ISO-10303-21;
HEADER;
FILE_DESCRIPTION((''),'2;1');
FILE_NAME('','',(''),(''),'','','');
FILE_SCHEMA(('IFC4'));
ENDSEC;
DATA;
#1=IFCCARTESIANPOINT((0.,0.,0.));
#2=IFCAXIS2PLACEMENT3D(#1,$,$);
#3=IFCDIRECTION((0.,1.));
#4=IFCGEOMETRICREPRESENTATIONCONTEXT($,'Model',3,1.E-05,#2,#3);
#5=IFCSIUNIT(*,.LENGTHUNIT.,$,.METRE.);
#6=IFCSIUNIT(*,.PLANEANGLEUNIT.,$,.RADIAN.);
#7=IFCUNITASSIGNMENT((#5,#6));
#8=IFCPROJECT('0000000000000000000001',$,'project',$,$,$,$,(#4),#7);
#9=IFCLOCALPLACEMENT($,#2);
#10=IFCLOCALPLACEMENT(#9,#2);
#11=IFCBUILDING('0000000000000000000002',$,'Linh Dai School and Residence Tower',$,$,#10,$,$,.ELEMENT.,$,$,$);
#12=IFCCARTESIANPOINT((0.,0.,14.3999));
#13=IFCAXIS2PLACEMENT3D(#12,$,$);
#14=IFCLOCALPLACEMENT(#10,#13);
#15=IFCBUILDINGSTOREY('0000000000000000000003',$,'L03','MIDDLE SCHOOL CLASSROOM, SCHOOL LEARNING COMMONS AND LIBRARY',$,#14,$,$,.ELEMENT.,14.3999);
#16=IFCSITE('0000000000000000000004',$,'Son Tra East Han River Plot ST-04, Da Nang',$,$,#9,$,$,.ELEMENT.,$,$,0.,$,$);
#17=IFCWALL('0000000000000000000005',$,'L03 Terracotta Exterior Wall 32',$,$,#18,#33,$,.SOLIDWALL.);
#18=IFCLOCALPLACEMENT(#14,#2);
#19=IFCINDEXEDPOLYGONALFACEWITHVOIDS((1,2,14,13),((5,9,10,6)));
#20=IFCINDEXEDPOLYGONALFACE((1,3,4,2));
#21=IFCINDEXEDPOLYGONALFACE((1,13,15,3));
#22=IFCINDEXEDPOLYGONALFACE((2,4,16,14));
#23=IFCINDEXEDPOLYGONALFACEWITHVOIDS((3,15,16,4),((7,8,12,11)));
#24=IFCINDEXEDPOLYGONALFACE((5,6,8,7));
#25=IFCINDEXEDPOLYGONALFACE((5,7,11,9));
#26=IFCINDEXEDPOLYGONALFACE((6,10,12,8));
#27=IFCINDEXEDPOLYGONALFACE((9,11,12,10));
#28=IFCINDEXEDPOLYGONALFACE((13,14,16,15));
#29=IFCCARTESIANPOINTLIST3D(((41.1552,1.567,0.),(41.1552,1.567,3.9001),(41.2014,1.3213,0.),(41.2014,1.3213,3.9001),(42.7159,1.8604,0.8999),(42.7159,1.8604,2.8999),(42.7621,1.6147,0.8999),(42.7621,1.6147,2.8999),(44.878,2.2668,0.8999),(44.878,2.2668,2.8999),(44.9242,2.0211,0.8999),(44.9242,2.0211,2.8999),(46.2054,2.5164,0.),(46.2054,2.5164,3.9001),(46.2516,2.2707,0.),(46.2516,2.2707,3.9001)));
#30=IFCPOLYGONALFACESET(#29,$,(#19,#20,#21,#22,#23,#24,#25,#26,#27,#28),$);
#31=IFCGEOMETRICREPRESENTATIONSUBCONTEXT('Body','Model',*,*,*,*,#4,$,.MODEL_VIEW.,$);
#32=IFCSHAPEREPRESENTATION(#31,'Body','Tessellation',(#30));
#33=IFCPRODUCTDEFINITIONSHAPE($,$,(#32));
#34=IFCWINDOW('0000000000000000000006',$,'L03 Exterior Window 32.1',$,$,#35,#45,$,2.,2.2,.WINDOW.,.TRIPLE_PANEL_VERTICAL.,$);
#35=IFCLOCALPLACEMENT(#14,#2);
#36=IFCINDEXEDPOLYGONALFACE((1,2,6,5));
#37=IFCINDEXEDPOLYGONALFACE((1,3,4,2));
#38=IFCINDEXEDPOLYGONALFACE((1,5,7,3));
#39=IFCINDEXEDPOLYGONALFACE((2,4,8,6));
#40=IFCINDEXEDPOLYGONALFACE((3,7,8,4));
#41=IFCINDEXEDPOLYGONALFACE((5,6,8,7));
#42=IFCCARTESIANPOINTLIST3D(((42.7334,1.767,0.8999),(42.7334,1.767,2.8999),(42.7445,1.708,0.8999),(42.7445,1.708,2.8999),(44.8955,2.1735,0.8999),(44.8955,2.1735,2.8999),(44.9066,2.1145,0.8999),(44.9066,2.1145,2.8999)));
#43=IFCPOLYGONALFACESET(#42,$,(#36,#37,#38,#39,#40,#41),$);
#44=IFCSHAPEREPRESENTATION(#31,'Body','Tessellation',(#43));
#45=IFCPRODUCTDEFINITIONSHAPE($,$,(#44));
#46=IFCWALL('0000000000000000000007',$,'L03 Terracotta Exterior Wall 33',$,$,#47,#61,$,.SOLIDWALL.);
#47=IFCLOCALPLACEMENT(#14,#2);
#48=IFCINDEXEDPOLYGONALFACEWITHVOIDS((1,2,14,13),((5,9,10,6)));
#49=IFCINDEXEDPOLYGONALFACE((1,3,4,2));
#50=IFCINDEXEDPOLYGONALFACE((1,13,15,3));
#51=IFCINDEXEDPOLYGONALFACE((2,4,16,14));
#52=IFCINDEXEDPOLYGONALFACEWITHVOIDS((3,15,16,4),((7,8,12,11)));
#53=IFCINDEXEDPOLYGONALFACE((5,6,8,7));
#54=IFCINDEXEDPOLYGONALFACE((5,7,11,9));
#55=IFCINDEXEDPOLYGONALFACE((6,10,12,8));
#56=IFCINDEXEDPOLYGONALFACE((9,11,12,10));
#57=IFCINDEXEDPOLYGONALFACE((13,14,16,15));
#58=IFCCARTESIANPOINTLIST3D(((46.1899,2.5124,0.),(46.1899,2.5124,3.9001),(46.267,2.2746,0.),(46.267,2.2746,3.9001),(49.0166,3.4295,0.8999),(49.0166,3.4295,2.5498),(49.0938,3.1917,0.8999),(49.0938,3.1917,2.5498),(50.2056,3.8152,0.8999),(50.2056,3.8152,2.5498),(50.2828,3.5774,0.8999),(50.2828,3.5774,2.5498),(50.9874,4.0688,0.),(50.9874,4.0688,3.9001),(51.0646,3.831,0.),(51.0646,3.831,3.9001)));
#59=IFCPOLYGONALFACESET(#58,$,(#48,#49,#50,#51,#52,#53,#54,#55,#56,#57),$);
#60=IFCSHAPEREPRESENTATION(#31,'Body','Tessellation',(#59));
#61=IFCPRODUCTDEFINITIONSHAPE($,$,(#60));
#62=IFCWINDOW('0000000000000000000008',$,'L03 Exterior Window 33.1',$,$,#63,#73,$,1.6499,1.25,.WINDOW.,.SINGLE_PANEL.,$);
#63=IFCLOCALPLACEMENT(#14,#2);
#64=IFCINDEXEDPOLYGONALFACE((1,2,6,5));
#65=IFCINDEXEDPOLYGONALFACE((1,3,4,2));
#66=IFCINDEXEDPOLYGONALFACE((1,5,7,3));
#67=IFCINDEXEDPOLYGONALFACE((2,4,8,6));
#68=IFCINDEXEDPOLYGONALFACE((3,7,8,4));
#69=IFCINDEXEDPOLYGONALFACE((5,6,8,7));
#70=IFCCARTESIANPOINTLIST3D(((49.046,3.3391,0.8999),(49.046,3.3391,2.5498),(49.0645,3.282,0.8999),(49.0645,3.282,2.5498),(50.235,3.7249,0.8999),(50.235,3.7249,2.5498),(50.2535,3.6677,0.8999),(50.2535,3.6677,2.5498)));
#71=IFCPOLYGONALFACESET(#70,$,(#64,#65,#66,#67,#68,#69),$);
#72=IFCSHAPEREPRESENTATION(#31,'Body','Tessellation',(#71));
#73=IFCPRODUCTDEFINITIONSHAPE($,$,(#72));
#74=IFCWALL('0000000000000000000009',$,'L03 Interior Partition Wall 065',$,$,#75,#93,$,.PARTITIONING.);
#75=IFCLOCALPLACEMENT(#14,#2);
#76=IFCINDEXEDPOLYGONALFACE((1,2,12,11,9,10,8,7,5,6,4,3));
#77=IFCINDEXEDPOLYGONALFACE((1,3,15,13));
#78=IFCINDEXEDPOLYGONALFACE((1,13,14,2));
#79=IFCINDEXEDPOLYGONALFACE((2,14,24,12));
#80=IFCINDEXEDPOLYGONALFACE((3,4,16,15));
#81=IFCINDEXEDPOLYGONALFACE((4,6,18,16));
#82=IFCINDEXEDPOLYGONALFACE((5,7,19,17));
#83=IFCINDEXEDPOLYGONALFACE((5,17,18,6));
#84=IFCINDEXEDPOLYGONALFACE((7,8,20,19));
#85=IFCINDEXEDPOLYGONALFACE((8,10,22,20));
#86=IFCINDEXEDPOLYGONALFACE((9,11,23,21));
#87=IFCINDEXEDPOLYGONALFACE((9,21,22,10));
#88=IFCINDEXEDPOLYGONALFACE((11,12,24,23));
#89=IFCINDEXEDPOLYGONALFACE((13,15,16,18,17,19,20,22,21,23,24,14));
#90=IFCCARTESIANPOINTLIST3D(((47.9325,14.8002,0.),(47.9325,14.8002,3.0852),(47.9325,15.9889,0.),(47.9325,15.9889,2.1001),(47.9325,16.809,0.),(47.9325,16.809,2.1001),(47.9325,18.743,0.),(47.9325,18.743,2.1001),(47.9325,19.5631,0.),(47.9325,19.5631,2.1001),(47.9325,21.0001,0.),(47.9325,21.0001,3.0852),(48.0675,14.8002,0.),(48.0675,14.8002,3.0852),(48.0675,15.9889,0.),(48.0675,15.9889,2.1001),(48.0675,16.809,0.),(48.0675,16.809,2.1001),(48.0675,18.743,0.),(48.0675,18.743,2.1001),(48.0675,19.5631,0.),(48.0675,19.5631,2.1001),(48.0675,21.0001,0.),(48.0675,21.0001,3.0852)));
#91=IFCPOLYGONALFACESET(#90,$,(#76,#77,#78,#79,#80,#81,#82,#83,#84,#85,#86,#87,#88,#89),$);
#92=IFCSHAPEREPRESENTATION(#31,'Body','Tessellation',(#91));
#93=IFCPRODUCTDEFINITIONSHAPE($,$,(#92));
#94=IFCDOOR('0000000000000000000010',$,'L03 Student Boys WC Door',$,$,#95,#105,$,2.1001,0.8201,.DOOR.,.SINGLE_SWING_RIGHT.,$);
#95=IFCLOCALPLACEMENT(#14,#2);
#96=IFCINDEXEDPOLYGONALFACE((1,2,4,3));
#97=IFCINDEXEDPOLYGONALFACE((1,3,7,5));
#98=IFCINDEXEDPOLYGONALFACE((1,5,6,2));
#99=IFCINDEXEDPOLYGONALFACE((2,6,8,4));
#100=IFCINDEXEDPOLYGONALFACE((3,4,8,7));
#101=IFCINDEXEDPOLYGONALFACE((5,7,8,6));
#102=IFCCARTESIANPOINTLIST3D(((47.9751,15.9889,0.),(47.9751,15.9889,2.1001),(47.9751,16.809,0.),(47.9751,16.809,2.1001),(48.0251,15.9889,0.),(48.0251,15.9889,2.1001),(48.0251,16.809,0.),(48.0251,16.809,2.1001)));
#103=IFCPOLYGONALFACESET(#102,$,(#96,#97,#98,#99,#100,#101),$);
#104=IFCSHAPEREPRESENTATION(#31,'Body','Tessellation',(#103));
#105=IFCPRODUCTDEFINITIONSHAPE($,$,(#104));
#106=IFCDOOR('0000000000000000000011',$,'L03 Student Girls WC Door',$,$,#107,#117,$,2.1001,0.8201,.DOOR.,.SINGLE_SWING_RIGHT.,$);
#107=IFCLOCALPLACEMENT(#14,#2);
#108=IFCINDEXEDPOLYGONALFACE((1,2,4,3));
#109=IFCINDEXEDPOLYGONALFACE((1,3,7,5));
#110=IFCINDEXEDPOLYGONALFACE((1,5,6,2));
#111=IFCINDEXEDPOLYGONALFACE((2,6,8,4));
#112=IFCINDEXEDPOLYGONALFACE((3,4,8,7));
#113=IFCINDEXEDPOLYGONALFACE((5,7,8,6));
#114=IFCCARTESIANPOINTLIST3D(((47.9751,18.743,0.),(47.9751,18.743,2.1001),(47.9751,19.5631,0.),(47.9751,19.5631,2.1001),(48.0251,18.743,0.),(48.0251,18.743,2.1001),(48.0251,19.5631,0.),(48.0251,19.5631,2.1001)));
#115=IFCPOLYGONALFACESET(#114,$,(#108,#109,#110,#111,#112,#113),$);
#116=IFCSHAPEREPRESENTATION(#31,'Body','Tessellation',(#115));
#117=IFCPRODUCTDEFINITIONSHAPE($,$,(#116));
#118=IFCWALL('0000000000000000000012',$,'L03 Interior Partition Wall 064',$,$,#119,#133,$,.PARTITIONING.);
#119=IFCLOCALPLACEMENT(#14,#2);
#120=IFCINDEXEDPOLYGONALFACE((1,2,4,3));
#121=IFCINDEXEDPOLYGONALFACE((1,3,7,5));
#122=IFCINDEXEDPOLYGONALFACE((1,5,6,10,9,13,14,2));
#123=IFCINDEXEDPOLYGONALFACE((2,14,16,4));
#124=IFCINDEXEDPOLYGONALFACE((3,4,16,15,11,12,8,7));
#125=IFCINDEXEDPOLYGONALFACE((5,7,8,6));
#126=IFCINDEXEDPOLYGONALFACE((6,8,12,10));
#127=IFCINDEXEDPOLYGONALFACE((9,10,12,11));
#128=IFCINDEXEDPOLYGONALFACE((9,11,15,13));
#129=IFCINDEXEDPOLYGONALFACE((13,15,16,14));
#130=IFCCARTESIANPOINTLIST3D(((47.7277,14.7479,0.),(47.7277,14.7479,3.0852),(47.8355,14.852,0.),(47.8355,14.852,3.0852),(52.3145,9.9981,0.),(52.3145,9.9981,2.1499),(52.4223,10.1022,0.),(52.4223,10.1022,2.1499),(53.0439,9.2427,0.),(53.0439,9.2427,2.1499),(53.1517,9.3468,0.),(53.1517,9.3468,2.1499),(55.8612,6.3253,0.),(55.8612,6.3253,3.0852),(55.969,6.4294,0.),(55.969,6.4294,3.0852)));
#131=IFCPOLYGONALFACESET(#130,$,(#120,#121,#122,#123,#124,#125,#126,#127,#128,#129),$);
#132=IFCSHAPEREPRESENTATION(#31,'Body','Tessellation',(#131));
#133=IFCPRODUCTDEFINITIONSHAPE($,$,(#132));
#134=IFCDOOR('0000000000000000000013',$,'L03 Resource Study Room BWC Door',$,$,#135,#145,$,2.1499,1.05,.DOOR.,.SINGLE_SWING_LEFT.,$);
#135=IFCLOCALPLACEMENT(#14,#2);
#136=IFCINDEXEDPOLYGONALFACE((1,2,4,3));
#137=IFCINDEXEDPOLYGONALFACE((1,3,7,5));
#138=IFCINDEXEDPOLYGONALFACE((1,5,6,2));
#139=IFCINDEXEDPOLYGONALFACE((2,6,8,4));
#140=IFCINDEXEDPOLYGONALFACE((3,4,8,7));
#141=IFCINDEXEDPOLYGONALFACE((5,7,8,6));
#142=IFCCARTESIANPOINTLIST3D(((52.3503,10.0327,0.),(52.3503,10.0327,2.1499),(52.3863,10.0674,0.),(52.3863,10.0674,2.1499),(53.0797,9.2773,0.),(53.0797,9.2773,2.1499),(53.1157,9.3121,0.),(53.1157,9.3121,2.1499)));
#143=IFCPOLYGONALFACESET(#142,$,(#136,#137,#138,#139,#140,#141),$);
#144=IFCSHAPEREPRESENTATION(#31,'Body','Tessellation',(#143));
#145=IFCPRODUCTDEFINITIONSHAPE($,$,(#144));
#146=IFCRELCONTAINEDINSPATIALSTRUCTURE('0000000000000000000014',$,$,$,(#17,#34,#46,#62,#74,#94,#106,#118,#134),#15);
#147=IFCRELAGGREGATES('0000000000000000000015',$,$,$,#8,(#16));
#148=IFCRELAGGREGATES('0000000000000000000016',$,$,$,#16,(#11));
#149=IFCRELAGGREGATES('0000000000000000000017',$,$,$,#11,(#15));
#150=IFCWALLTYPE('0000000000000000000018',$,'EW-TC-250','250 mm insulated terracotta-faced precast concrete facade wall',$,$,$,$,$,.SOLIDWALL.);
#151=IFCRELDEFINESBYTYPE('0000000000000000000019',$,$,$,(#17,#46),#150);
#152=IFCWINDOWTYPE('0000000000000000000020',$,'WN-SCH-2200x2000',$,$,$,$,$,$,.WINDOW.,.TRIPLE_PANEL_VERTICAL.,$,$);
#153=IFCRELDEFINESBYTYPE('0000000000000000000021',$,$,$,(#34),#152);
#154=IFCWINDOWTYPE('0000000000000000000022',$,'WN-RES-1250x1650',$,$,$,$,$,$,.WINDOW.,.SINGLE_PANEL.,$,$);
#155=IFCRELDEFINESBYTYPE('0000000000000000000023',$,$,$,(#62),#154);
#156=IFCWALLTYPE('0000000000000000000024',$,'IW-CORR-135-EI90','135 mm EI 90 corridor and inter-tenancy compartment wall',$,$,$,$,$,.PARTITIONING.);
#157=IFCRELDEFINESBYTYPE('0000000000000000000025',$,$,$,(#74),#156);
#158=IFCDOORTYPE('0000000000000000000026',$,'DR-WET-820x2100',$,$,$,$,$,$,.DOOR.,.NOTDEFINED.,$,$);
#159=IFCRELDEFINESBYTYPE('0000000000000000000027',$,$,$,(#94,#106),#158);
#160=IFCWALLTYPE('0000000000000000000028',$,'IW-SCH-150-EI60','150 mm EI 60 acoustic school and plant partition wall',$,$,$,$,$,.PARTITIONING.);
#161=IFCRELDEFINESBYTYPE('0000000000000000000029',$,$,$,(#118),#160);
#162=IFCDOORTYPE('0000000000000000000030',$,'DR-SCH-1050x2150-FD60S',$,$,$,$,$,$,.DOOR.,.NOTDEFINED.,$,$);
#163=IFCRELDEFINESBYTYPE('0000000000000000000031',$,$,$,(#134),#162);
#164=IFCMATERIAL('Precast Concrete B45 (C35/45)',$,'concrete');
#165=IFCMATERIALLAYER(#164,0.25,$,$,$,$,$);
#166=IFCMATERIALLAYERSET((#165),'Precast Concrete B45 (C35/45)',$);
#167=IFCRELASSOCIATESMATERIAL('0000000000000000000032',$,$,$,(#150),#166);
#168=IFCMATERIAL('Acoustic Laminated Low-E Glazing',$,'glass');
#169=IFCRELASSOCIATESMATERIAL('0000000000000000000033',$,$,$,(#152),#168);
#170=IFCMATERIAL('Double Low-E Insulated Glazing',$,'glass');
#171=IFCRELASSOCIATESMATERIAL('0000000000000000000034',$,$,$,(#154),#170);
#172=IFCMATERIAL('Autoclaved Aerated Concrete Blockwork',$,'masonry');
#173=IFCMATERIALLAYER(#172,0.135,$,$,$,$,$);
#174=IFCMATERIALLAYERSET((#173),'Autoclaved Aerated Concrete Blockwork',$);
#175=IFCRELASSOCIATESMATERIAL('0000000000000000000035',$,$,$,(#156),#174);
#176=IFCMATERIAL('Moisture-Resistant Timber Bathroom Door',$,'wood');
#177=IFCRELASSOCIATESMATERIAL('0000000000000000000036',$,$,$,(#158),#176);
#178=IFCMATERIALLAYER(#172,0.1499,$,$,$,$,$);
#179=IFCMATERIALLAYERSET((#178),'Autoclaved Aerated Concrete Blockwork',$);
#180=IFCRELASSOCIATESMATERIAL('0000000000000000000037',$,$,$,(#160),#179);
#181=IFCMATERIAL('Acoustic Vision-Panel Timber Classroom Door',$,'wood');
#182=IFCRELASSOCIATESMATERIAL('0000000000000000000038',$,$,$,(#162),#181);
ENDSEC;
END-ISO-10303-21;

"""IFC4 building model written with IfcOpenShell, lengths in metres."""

from ifc_helpers import new_model, si_unit, direction, frame, frame_2d, origin, origin_2d, place, context, subcontext, project, spatial, rectangle, extrude, source, transform, mapped, material, layer, layer_set, type_object, element, fill, save


model = new_model("IFC4")

# Units and contexts
model_context = context("Model", 3, precision=1e-05, world=origin(), true_north=direction((0.0, 1.0)))
body_context = subcontext(model_context, "Body", "Model", "MODEL_VIEW")
ifc_project = project(units=[si_unit("LENGTHUNIT", "METRE"), si_unit("PLANEANGLEUNIT", "RADIAN")], contexts=[model_context])

# Site, building, storey
site_placement = place(None, origin())
site = spatial("IfcSite", under=ifc_project, at=site_placement, Name="Son Tra East Han River Plot ST-04, Da Nang", CompositionType="ELEMENT", RefElevation=0.0)
building_placement = place(site_placement, origin())
building = spatial("IfcBuilding", under=site, at=building_placement, Name="Linh Dai School and Residence Tower", CompositionType="ELEMENT")
storey_placement = place(building_placement, frame((0.0, 0.0, 14.3999)))
storey = spatial("IfcBuildingStorey", under=building, at=storey_placement, Name="L03", Description="MIDDLE SCHOOL CLASSROOM, SCHOOL LEARNING COMMONS AND LIBRARY", CompositionType="ELEMENT", Elevation=14.3999)

# Shared definitions
ifc_material_1 = material(Name="Double Low-E Insulated Glazing", Category="glass")

# Walls, openings, windows
ifc_material_2 = material(Name="Precast Concrete B45 (C35/45)", Category="concrete")
ifc_layer_1 = layer(ifc_material_2, 0.25)
ifc_layer_set_1 = layer_set([ifc_layer_1], Name="Precast Concrete B45 (C35/45)")
wall_type_1 = type_object("IfcWallType", Name="EW-TC-250", Description="250 mm insulated terracotta-faced precast concrete facade wall", PredefinedType="SOLIDWALL", material=ifc_layer_set_1)
wall_1_placement = place(storey_placement, frame((46.2285, 2.3936, 0.0), z_axis=(0.0, 0.0, 1.0), x_axis=(-0.982783, -0.184765, 0.0)))
wall_1 = element("IfcWall", 1, at=wall_1_placement, inside=storey, type_object=wall_type_1, Name="L03 Terracotta Exterior Wall 32", PredefinedType="SOLIDWALL", context=body_context, shape_type="SweptSolid", body=[
    extrude(rectangle(XDim=5.1387, YDim=0.25, at=frame_2d((2.5693, 0.0))), origin(), (0.0, 0.0, 1.0), 3.9001),
])
opening_1_placement = place(wall_1_placement, frame((1.3506, 0.0, 0.8999)))
opening_1 = element("IfcOpeningElement", 2, at=opening_1_placement, cuts=wall_1, PredefinedType="OPENING", context=body_context, shape_type="SweptSolid", body=[
    extrude(rectangle(XDim=2.2, YDim=2.0, at=origin_2d()), frame((1.1001, 0.135, 1.0), z_axis=(0.0, -1.0, 0.0), x_axis=(1.0, 0.0, 0.0)), (0.0, 0.0, 1.0), 0.27),
])
ifc_material_3 = material(Name="Acoustic Laminated Low-E Glazing", Category="glass")
window_type_1 = type_object("IfcWindowType", Name="WN-SCH-2200x2000", PartitioningType="TRIPLE_PANEL_VERTICAL", PredefinedType="WINDOW", material=ifc_material_3)
shared_shape_1 = source(origin(), body_context, "Body", "SweptSolid", [
    extrude(rectangle(XDim=2.2, YDim=2.0, at=origin_2d()), frame((1.1001, 0.03, 1.0), z_axis=(0.0, -1.0, 0.0), x_axis=(1.0, 0.0, 0.0)), (0.0, 0.0, 1.0), 0.0601),
])
window_1_placement = place(opening_1_placement, origin())
window_1 = element("IfcWindow", 3, at=window_1_placement, inside=storey, type_object=window_type_1, Name="L03 Exterior Window 32.1", OverallHeight=2.0, OverallWidth=2.2, PartitioningType="TRIPLE_PANEL_VERTICAL", PredefinedType="WINDOW", context=body_context, shape_type="MappedRepresentation", body=[
    mapped(shared_shape_1, transform((0.0, 0.0, 0.0), x_axis=(1.0, 0.0, 0.0), y_axis=(0.0, 1.0, 0.0), z_axis=(0.0, 0.0, 1.0), scale=1.0)),
])
fill(opening_1, window_1)
wall_2_placement = place(storey_placement, frame((51.0261, 3.95, 0.0), z_axis=(0.0, 0.0, 1.0), x_axis=(-0.951199, -0.308579, 0.0)))
wall_2 = element("IfcWall", 4, at=wall_2_placement, inside=storey, type_object=wall_type_1, Name="L03 Terracotta Exterior Wall 33", PredefinedType="SOLIDWALL", context=body_context, shape_type="SweptSolid", body=[
    extrude(rectangle(XDim=5.0437, YDim=0.25, at=frame_2d((2.522, 0.0))), origin(), (0.0, 0.0, 1.0), 3.9001),
])
opening_2_placement = place(wall_2_placement, frame((0.822, 0.0, 0.8999)))
opening_2 = element("IfcOpeningElement", 5, at=opening_2_placement, cuts=wall_2, PredefinedType="OPENING", context=body_context, shape_type="SweptSolid", body=[
    extrude(rectangle(XDim=1.25, YDim=1.6499, at=origin_2d()), frame((0.625, 0.135, 0.825), z_axis=(0.0, -1.0, 0.0), x_axis=(1.0, 0.0, 0.0)), (0.0, 0.0, 1.0), 0.27),
])
window_type_2 = type_object("IfcWindowType", Name="WN-RES-1250x1650", PartitioningType="SINGLE_PANEL", PredefinedType="WINDOW", material=ifc_material_1)
shared_shape_2 = source(origin(), body_context, "Body", "SweptSolid", [
    extrude(rectangle(XDim=1.25, YDim=1.6499, at=origin_2d()), frame((0.625, 0.03, 0.825), z_axis=(0.0, -1.0, 0.0), x_axis=(1.0, 0.0, 0.0)), (0.0, 0.0, 1.0), 0.0601),
])
window_2_placement = place(opening_2_placement, origin())
window_2 = element("IfcWindow", 6, at=window_2_placement, inside=storey, type_object=window_type_2, Name="L03 Exterior Window 33.1", OverallHeight=1.6499, OverallWidth=1.25, PartitioningType="SINGLE_PANEL", PredefinedType="WINDOW", context=body_context, shape_type="MappedRepresentation", body=[
    mapped(shared_shape_2, transform((0.0, 0.0, 0.0), x_axis=(1.0, 0.0, 0.0), y_axis=(0.0, 1.0, 0.0), z_axis=(0.0, 0.0, 1.0), scale=1.0)),
])
fill(opening_2, window_2)

# Wall, openings, doors
ifc_material_4 = material(Name="Autoclaved Aerated Concrete Blockwork", Category="masonry")
ifc_layer_2 = layer(ifc_material_4, 0.135)
ifc_layer_set_2 = layer_set([ifc_layer_2], Name="Autoclaved Aerated Concrete Blockwork")
wall_type_2 = type_object("IfcWallType", Name="IW-CORR-135-EI90", Description="135 mm EI 90 corridor and inter-tenancy compartment wall", PredefinedType="PARTITIONING", material=ifc_layer_set_2)
wall_3_placement = place(storey_placement, frame((48.0, 14.8, 0.0), z_axis=(0.0, 0.0, 1.0), x_axis=(0.0, 1.0, 0.0)))
wall_3 = element("IfcWall", 7, at=wall_3_placement, inside=storey, type_object=wall_type_2, Name="L03 Interior Partition Wall 065", PredefinedType="PARTITIONING", context=body_context, shape_type="SweptSolid", body=[
    extrude(rectangle(XDim=6.2, YDim=0.135, at=frame_2d((3.1001, 0.0))), origin(), (0.0, 0.0, 1.0), 3.0852),
])
opening_3_placement = place(wall_3_placement, frame((1.1887, 0.0, 0.0)))
opening_3 = element("IfcOpeningElement", 8, at=opening_3_placement, cuts=wall_3, PredefinedType="OPENING", context=body_context, shape_type="SweptSolid", body=[
    extrude(rectangle(XDim=0.8201, YDim=2.1001, at=origin_2d()), frame((0.4102, 0.0776, 1.05), z_axis=(0.0, -1.0, 0.0), x_axis=(1.0, 0.0, 0.0)), (0.0, 0.0, 1.0), 0.155),
])
opening_4_placement = place(wall_3_placement, frame((3.9429, 0.0, 0.0)))
opening_4 = element("IfcOpeningElement", 9, at=opening_4_placement, cuts=wall_3, PredefinedType="OPENING", context=body_context, shape_type="SweptSolid", body=[
    extrude(rectangle(XDim=0.8201, YDim=2.1001, at=origin_2d()), frame((0.4102, 0.0776, 1.05), z_axis=(0.0, -1.0, 0.0), x_axis=(1.0, 0.0, 0.0)), (0.0, 0.0, 1.0), 0.155),
])
ifc_material_5 = material(Name="Moisture-Resistant Timber Bathroom Door", Category="wood")
door_type_1 = type_object("IfcDoorType", Name="DR-WET-820x2100", OperationType="NOTDEFINED", PredefinedType="DOOR", material=ifc_material_5)
shared_shape_3 = source(origin(), body_context, "Body", "SweptSolid", [
    extrude(rectangle(XDim=0.8201, YDim=2.1001, at=origin_2d()), frame((0.4102, 0.0249, 1.05), z_axis=(0.0, -1.0, 0.0), x_axis=(1.0, 0.0, 0.0)), (0.0, 0.0, 1.0), 0.05),
])
door_1_placement = place(opening_3_placement, origin())
door_1 = element("IfcDoor", 10, at=door_1_placement, inside=storey, type_object=door_type_1, Name="L03 Student Boys WC Door", OperationType="SINGLE_SWING_RIGHT", OverallHeight=2.1001, OverallWidth=0.8201, PredefinedType="DOOR", context=body_context, shape_type="MappedRepresentation", body=[
    mapped(shared_shape_3, transform((0.0, 0.0, 0.0), x_axis=(1.0, 0.0, 0.0), y_axis=(0.0, 1.0, 0.0), z_axis=(0.0, 0.0, 1.0), scale=1.0)),
])
fill(opening_3, door_1)
door_2_placement = place(opening_4_placement, origin())
door_2 = element("IfcDoor", 11, at=door_2_placement, inside=storey, type_object=door_type_1, Name="L03 Student Girls WC Door", OperationType="SINGLE_SWING_RIGHT", OverallHeight=2.1001, OverallWidth=0.8201, PredefinedType="DOOR", context=body_context, shape_type="MappedRepresentation", body=[
    mapped(shared_shape_3, transform((0.0, 0.0, 0.0), x_axis=(1.0, 0.0, 0.0), y_axis=(0.0, 1.0, 0.0), z_axis=(0.0, 0.0, 1.0), scale=1.0)),
])
fill(opening_4, door_2)

# Wall, opening, door
ifc_layer_3 = layer(ifc_material_4, 0.1499)
ifc_layer_set_3 = layer_set([ifc_layer_3], Name="Autoclaved Aerated Concrete Blockwork")
wall_type_3 = type_object("IfcWallType", Name="IW-SCH-150-EI60", Description="150 mm EI 60 acoustic school and plant partition wall", PredefinedType="PARTITIONING", material=ifc_layer_set_3)
wall_4_placement = place(storey_placement, frame((47.7815, 14.8, 0.0), z_axis=(0.0, 0.0, 1.0), x_axis=(0.694655, -0.719343, 0.0)))
wall_4 = element("IfcWall", 12, at=wall_4_placement, inside=storey, type_object=wall_type_3, Name="L03 Interior Partition Wall 064", PredefinedType="PARTITIONING", context=body_context, shape_type="SweptSolid", body=[
    extrude(rectangle(XDim=11.7087, YDim=0.1499, at=frame_2d((5.8545, 0.0))), origin(), (0.0, 0.0, 1.0), 3.0852),
])
opening_5_placement = place(wall_4_placement, frame((6.6033, 0.0, 0.0)))
opening_5 = element("IfcOpeningElement", 13, at=opening_5_placement, cuts=wall_4, PredefinedType="OPENING", context=body_context, shape_type="SweptSolid", body=[
    extrude(rectangle(XDim=1.05, YDim=2.1499, at=origin_2d()), frame((0.5249, 0.085, 1.075), z_axis=(0.0, -1.0, 0.0), x_axis=(1.0, 0.0, 0.0)), (0.0, 0.0, 1.0), 0.1699),
])
ifc_material_6 = material(Name="Acoustic Vision-Panel Timber Classroom Door", Category="wood")
door_type_2 = type_object("IfcDoorType", Name="DR-SCH-1050x2150-FD60S", OperationType="NOTDEFINED", PredefinedType="DOOR", material=ifc_material_6)
shared_shape_4 = source(origin(), body_context, "Body", "SweptSolid", [
    extrude(rectangle(XDim=1.05, YDim=2.1499, at=origin_2d()), frame((0.5249, 0.0249, 1.075), z_axis=(0.0, -1.0, 0.0), x_axis=(1.0, 0.0, 0.0)), (0.0, 0.0, 1.0), 0.05),
])
door_3_placement = place(opening_5_placement, origin())
door_3 = element("IfcDoor", 14, at=door_3_placement, inside=storey, type_object=door_type_2, Name="L03 Resource Study Room BWC Door", OperationType="SINGLE_SWING_LEFT", OverallHeight=2.1499, OverallWidth=1.05, PredefinedType="DOOR", context=body_context, shape_type="MappedRepresentation", body=[
    mapped(shared_shape_4, transform((0.0, 0.0, 0.0), x_axis=(1.0, 0.0, 0.0), y_axis=(0.0, 1.0, 0.0), z_axis=(0.0, 0.0, 1.0), scale=1.0)),
])
fill(opening_5, door_3)

save(model, "model.ifc")
